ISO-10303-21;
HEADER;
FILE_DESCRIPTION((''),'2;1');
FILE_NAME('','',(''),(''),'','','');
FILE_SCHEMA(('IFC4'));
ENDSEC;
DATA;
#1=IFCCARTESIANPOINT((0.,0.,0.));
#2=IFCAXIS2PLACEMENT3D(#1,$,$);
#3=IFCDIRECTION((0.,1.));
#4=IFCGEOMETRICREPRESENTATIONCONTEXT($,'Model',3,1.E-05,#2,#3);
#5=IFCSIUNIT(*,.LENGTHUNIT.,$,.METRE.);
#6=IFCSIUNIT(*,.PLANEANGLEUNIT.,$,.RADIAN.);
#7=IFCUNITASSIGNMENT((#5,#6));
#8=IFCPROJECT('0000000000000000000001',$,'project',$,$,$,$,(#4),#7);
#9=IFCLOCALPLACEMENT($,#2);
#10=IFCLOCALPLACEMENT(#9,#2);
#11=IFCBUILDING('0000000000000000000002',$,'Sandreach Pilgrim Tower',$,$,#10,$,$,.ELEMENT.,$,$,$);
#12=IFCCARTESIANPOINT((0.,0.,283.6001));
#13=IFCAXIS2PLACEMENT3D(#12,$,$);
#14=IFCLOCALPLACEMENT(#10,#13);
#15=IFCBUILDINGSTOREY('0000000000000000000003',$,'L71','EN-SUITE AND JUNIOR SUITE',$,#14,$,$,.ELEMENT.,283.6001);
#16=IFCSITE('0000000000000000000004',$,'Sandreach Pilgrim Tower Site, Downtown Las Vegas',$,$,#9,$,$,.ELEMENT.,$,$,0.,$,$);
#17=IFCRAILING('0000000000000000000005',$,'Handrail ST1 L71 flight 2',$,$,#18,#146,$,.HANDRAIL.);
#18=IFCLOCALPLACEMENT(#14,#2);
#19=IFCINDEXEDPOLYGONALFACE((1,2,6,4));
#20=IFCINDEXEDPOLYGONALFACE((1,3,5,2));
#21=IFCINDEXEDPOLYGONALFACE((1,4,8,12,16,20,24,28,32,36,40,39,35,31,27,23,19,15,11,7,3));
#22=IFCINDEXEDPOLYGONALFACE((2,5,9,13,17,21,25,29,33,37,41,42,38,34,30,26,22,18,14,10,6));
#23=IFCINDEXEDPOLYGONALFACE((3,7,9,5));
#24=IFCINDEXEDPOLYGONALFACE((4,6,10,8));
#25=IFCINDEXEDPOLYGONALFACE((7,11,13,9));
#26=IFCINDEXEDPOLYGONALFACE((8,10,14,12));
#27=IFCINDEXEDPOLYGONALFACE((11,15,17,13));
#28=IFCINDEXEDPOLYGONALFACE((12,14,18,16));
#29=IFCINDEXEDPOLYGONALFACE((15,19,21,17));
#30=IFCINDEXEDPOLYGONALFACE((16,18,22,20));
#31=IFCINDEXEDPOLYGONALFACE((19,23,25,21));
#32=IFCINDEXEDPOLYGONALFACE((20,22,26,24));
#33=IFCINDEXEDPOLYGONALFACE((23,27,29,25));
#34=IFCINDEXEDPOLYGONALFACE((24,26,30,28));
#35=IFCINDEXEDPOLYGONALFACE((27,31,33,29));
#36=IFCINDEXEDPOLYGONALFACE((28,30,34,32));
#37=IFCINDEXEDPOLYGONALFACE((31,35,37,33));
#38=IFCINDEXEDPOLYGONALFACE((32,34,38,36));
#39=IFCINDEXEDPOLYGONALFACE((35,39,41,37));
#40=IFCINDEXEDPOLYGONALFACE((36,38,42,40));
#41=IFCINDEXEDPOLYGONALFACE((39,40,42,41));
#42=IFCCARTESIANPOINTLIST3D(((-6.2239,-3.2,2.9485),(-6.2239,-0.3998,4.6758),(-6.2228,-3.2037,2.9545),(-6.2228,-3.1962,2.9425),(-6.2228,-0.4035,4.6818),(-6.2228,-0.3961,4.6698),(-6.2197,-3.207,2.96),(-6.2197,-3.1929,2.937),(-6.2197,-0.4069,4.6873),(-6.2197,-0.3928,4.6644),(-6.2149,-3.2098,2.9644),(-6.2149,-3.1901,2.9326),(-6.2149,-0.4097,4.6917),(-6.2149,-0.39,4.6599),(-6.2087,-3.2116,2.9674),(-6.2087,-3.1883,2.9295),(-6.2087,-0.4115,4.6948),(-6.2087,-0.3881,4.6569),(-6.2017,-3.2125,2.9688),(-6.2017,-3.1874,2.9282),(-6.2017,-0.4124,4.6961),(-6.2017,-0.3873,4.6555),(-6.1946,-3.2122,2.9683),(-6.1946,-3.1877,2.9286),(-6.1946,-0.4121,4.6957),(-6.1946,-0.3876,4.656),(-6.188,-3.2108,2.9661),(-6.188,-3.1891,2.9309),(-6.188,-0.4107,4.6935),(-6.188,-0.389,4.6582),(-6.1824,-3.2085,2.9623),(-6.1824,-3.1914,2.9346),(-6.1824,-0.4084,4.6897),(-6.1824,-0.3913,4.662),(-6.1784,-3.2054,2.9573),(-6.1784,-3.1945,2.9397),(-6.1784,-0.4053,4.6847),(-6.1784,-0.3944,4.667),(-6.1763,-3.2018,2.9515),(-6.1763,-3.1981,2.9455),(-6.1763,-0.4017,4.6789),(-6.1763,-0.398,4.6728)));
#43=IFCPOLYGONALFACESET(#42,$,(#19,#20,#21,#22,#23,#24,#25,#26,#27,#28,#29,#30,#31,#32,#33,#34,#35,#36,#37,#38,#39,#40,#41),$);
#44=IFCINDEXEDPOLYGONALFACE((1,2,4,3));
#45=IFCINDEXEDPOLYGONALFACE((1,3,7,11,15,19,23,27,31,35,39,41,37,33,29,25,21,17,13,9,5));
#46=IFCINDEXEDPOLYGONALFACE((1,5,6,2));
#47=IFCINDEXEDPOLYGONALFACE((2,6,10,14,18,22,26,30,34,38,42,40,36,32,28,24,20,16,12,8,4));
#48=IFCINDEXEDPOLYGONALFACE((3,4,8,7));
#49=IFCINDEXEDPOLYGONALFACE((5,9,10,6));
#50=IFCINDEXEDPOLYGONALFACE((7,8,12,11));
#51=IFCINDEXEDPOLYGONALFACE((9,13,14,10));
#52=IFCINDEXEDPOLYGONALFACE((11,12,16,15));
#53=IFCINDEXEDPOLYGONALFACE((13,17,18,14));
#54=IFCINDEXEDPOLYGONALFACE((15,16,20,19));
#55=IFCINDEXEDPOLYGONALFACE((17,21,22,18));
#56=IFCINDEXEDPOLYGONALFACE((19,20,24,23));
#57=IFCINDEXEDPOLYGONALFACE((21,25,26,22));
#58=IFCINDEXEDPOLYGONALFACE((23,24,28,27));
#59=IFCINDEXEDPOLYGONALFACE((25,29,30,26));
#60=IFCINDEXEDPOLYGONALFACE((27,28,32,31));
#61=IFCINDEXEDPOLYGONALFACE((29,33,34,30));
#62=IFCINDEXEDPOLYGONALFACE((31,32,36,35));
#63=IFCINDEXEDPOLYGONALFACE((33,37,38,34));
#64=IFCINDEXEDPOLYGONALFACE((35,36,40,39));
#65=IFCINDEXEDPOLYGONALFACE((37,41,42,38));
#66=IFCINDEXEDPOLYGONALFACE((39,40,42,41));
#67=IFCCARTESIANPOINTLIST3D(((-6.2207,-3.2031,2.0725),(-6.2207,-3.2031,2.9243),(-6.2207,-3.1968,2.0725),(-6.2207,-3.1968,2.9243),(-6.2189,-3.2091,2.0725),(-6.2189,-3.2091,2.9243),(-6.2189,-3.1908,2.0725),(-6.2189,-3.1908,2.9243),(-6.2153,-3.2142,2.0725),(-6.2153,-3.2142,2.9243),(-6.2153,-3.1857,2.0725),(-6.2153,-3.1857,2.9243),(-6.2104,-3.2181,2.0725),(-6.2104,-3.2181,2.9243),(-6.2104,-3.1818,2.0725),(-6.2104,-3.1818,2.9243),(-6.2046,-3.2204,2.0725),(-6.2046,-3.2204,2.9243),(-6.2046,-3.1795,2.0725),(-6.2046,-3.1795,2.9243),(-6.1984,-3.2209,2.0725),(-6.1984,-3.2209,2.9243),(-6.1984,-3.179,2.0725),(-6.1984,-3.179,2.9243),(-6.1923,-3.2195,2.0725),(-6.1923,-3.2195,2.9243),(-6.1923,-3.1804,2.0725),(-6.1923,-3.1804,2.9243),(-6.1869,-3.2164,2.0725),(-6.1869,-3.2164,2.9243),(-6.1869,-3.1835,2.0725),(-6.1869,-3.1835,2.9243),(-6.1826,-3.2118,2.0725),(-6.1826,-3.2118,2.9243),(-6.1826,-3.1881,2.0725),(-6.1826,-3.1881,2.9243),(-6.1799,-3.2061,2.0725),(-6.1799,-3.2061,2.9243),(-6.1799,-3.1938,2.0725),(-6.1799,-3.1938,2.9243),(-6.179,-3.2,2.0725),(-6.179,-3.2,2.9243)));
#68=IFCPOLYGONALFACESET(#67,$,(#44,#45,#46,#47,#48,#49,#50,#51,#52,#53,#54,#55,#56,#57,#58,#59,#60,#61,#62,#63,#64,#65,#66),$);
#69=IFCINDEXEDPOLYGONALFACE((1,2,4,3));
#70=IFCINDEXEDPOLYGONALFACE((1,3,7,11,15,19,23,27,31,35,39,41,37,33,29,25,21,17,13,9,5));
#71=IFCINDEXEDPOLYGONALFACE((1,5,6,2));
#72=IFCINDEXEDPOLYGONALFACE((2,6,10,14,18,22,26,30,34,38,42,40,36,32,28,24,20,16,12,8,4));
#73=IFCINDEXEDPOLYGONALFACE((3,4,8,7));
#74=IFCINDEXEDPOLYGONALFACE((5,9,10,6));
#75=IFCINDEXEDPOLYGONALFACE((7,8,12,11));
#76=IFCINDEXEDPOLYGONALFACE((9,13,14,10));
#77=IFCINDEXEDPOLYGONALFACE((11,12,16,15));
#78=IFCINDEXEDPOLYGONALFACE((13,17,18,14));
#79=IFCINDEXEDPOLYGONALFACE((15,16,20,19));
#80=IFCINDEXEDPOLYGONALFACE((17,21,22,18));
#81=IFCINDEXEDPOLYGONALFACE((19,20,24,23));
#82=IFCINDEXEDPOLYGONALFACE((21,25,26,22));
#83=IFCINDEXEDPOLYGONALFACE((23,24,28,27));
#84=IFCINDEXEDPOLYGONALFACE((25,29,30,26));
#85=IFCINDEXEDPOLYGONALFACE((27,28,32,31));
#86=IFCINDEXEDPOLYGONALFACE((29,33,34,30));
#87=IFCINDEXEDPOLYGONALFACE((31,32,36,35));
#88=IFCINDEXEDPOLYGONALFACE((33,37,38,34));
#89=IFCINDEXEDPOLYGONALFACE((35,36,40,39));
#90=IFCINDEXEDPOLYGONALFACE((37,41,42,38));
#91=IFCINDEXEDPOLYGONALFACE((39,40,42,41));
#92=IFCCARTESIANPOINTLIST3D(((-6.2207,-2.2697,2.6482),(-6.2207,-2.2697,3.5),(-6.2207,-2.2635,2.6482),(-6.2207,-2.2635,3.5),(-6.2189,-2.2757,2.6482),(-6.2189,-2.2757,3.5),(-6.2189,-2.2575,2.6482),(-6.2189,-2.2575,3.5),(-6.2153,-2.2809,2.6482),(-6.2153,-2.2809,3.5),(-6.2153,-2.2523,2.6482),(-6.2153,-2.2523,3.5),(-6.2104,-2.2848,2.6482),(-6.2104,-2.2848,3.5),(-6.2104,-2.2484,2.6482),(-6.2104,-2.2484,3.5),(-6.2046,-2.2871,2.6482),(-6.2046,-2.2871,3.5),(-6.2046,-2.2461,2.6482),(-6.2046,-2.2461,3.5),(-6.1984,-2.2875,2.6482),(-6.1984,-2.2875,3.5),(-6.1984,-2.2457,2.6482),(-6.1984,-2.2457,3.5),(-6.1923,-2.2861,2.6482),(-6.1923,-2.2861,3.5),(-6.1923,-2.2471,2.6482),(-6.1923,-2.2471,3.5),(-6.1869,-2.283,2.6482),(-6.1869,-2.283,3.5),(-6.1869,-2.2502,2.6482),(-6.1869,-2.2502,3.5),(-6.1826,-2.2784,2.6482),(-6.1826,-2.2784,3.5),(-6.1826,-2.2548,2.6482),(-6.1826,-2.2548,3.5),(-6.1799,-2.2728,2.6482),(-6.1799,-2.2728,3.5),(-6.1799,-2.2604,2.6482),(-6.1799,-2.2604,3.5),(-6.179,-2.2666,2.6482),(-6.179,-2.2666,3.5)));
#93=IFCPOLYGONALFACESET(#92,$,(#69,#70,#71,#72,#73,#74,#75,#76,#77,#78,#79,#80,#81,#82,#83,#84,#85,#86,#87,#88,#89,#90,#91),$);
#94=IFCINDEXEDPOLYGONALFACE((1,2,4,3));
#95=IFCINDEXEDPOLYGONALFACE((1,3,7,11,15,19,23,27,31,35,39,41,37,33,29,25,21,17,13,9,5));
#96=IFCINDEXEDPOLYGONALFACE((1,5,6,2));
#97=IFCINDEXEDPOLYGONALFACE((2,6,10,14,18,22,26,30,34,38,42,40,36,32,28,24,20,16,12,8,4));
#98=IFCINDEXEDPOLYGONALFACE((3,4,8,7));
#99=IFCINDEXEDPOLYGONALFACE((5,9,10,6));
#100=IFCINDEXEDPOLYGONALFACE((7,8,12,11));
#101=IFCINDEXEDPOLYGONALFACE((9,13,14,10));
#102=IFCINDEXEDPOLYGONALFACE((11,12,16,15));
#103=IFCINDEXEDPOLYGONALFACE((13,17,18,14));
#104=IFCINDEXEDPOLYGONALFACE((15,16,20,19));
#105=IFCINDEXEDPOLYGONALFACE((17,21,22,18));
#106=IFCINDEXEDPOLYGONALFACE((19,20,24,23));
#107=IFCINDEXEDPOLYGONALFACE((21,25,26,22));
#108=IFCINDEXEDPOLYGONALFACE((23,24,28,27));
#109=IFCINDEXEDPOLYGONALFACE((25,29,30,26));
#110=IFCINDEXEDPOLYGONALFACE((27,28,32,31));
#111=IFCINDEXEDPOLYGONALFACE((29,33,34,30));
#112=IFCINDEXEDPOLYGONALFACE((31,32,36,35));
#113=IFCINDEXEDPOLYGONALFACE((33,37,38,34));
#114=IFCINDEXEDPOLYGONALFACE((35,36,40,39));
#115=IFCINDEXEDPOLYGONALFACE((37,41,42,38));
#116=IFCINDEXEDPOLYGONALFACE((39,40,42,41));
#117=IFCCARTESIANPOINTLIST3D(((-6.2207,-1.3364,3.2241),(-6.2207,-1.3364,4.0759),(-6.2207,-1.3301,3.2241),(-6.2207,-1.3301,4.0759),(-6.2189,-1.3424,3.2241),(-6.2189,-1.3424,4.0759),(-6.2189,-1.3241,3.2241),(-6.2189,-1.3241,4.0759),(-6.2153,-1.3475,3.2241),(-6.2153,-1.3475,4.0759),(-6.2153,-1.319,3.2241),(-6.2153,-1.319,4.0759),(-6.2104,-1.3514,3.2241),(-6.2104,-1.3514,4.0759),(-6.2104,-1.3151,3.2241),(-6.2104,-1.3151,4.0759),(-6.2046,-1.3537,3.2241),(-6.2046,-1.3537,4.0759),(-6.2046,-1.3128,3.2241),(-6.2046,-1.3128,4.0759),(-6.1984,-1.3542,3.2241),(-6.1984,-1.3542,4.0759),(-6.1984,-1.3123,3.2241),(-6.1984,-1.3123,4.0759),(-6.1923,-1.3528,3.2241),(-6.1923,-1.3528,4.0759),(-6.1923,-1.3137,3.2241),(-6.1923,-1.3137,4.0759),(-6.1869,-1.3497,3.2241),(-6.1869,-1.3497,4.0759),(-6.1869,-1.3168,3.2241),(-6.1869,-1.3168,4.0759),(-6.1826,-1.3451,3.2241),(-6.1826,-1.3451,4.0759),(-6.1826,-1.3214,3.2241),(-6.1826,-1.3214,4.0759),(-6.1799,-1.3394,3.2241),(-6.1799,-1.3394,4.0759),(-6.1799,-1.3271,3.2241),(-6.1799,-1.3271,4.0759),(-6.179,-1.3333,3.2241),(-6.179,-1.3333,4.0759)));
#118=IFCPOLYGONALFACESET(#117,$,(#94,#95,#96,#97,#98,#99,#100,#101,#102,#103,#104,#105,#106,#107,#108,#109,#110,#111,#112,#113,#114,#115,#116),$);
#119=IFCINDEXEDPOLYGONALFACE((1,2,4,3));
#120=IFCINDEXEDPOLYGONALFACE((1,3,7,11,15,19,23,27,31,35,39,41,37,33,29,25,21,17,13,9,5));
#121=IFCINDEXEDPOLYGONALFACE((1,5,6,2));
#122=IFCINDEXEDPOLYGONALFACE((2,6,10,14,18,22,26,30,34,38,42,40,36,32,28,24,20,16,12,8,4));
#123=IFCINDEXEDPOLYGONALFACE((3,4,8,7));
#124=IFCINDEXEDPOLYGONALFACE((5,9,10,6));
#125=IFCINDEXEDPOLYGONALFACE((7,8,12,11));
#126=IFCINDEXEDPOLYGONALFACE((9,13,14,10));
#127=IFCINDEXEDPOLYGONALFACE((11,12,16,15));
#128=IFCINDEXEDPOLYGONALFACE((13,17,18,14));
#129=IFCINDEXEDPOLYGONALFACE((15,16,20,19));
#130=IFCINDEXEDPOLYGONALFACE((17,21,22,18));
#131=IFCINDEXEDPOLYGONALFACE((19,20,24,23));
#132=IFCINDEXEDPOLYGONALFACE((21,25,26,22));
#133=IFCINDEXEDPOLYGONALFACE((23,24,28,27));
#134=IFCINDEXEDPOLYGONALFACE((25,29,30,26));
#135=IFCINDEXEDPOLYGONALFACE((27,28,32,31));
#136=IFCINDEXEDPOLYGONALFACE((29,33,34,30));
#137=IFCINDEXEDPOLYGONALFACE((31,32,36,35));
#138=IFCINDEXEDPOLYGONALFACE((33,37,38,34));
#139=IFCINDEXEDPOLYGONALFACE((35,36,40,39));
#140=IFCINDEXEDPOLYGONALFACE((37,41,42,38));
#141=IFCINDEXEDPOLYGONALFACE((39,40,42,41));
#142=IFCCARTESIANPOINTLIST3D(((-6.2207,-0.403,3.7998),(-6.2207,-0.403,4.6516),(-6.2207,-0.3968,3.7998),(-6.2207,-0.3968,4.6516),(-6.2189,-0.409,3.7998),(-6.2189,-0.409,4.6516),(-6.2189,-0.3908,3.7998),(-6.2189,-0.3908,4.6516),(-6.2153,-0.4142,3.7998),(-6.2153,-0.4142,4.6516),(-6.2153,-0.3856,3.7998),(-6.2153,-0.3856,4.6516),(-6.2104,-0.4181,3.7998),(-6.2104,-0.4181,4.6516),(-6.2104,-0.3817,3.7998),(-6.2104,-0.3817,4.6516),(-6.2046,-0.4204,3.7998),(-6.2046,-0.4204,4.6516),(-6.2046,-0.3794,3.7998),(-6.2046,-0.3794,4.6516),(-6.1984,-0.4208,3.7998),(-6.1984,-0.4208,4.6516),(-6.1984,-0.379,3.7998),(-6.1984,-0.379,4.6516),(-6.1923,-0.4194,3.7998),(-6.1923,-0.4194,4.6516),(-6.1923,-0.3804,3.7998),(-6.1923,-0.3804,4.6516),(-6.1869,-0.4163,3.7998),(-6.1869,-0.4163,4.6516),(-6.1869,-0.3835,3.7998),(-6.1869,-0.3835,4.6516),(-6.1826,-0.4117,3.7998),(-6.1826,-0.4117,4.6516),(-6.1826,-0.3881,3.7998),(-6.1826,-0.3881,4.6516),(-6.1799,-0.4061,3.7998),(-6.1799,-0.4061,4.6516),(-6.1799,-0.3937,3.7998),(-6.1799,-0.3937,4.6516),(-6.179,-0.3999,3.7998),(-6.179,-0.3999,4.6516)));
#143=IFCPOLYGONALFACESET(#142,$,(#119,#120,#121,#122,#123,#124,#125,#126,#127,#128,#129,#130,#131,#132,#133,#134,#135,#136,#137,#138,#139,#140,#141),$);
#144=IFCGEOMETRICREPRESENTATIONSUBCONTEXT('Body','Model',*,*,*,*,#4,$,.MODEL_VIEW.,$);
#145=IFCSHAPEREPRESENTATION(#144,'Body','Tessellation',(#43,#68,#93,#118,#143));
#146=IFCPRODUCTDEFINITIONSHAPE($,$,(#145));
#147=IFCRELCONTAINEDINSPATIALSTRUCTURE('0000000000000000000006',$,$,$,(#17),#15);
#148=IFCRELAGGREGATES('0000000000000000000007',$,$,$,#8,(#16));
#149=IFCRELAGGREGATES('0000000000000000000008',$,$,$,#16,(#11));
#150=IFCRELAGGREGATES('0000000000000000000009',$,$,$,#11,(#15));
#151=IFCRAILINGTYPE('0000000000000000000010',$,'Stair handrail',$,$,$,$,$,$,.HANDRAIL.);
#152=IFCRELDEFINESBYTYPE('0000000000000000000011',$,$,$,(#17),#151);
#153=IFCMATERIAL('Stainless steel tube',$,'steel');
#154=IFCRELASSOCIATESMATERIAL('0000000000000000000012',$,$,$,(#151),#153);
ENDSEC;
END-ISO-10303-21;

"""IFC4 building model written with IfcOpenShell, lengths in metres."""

from ifc_helpers import new_model, si_unit, direction, frame, origin, origin_2d, place, context, subcontext, project, spatial, circle, extrude, material, type_object, element, save


model = new_model("IFC4")

# Units and contexts
model_context = context("Model", 3, precision=1e-05, world=origin(), true_north=direction((0.0, 1.0)))
body_context = subcontext(model_context, "Body", "Model", "MODEL_VIEW")
ifc_project = project(units=[si_unit("LENGTHUNIT", "METRE"), si_unit("PLANEANGLEUNIT", "RADIAN")], contexts=[model_context])

# Site, building, storey
site_placement = place(None, origin())
site = spatial("IfcSite", under=ifc_project, at=site_placement, Name="Sandreach Pilgrim Tower Site, Downtown Las Vegas", CompositionType="ELEMENT", RefElevation=0.0)
building_placement = place(site_placement, origin())
building = spatial("IfcBuilding", under=site, at=building_placement, Name="Sandreach Pilgrim Tower", CompositionType="ELEMENT")
storey_placement = place(building_placement, frame((0.0, 0.0, 283.6001)))
storey = spatial("IfcBuildingStorey", under=building, at=storey_placement, Name="L71", Description="EN-SUITE AND JUNIOR SUITE", CompositionType="ELEMENT", Elevation=283.6001)

# Railing
ifc_material_1 = material(Name="Stainless steel tube", Category="steel")
railing_type = type_object("IfcRailingType", Name="Stair handrail", PredefinedType="HANDRAIL", material=ifc_material_1)
for number, where, name in (
    (1, (-6.2, -3.2, 2.0725), "Handrail ST1 L71 flight 2"),
):
    element("IfcRailing", number, at=place(storey_placement, frame(where)), inside=storey, type_object=railing_type, Name=name, PredefinedType="HANDRAIL", context=body_context, shape_type="SweptSolid", body=[
        extrude(circle(Radius=0.0239, at=origin_2d()), frame((0.0, 0.0, 0.876), z_axis=(0.0, 0.85109, 0.52502), x_axis=(-1.0, 0.0, 0.0)), (0.0, 0.0, 1.0), 3.29),
        extrude(circle(Radius=0.021, at=origin_2d()), origin(), (0.0, 0.0, 1.0), 0.8518),
        extrude(circle(Radius=0.021, at=origin_2d()), frame((0.0, 0.9333, 0.5757)), (0.0, 0.0, 1.0), 0.8518),
        extrude(circle(Radius=0.021, at=origin_2d()), frame((0.0, 1.8667, 1.1516)), (0.0, 0.0, 1.0), 0.8518),
        extrude(circle(Radius=0.021, at=origin_2d()), frame((0.0, 2.8, 1.7273)), (0.0, 0.0, 1.0), 0.8518),
    ])

save(model, "model.ifc")
